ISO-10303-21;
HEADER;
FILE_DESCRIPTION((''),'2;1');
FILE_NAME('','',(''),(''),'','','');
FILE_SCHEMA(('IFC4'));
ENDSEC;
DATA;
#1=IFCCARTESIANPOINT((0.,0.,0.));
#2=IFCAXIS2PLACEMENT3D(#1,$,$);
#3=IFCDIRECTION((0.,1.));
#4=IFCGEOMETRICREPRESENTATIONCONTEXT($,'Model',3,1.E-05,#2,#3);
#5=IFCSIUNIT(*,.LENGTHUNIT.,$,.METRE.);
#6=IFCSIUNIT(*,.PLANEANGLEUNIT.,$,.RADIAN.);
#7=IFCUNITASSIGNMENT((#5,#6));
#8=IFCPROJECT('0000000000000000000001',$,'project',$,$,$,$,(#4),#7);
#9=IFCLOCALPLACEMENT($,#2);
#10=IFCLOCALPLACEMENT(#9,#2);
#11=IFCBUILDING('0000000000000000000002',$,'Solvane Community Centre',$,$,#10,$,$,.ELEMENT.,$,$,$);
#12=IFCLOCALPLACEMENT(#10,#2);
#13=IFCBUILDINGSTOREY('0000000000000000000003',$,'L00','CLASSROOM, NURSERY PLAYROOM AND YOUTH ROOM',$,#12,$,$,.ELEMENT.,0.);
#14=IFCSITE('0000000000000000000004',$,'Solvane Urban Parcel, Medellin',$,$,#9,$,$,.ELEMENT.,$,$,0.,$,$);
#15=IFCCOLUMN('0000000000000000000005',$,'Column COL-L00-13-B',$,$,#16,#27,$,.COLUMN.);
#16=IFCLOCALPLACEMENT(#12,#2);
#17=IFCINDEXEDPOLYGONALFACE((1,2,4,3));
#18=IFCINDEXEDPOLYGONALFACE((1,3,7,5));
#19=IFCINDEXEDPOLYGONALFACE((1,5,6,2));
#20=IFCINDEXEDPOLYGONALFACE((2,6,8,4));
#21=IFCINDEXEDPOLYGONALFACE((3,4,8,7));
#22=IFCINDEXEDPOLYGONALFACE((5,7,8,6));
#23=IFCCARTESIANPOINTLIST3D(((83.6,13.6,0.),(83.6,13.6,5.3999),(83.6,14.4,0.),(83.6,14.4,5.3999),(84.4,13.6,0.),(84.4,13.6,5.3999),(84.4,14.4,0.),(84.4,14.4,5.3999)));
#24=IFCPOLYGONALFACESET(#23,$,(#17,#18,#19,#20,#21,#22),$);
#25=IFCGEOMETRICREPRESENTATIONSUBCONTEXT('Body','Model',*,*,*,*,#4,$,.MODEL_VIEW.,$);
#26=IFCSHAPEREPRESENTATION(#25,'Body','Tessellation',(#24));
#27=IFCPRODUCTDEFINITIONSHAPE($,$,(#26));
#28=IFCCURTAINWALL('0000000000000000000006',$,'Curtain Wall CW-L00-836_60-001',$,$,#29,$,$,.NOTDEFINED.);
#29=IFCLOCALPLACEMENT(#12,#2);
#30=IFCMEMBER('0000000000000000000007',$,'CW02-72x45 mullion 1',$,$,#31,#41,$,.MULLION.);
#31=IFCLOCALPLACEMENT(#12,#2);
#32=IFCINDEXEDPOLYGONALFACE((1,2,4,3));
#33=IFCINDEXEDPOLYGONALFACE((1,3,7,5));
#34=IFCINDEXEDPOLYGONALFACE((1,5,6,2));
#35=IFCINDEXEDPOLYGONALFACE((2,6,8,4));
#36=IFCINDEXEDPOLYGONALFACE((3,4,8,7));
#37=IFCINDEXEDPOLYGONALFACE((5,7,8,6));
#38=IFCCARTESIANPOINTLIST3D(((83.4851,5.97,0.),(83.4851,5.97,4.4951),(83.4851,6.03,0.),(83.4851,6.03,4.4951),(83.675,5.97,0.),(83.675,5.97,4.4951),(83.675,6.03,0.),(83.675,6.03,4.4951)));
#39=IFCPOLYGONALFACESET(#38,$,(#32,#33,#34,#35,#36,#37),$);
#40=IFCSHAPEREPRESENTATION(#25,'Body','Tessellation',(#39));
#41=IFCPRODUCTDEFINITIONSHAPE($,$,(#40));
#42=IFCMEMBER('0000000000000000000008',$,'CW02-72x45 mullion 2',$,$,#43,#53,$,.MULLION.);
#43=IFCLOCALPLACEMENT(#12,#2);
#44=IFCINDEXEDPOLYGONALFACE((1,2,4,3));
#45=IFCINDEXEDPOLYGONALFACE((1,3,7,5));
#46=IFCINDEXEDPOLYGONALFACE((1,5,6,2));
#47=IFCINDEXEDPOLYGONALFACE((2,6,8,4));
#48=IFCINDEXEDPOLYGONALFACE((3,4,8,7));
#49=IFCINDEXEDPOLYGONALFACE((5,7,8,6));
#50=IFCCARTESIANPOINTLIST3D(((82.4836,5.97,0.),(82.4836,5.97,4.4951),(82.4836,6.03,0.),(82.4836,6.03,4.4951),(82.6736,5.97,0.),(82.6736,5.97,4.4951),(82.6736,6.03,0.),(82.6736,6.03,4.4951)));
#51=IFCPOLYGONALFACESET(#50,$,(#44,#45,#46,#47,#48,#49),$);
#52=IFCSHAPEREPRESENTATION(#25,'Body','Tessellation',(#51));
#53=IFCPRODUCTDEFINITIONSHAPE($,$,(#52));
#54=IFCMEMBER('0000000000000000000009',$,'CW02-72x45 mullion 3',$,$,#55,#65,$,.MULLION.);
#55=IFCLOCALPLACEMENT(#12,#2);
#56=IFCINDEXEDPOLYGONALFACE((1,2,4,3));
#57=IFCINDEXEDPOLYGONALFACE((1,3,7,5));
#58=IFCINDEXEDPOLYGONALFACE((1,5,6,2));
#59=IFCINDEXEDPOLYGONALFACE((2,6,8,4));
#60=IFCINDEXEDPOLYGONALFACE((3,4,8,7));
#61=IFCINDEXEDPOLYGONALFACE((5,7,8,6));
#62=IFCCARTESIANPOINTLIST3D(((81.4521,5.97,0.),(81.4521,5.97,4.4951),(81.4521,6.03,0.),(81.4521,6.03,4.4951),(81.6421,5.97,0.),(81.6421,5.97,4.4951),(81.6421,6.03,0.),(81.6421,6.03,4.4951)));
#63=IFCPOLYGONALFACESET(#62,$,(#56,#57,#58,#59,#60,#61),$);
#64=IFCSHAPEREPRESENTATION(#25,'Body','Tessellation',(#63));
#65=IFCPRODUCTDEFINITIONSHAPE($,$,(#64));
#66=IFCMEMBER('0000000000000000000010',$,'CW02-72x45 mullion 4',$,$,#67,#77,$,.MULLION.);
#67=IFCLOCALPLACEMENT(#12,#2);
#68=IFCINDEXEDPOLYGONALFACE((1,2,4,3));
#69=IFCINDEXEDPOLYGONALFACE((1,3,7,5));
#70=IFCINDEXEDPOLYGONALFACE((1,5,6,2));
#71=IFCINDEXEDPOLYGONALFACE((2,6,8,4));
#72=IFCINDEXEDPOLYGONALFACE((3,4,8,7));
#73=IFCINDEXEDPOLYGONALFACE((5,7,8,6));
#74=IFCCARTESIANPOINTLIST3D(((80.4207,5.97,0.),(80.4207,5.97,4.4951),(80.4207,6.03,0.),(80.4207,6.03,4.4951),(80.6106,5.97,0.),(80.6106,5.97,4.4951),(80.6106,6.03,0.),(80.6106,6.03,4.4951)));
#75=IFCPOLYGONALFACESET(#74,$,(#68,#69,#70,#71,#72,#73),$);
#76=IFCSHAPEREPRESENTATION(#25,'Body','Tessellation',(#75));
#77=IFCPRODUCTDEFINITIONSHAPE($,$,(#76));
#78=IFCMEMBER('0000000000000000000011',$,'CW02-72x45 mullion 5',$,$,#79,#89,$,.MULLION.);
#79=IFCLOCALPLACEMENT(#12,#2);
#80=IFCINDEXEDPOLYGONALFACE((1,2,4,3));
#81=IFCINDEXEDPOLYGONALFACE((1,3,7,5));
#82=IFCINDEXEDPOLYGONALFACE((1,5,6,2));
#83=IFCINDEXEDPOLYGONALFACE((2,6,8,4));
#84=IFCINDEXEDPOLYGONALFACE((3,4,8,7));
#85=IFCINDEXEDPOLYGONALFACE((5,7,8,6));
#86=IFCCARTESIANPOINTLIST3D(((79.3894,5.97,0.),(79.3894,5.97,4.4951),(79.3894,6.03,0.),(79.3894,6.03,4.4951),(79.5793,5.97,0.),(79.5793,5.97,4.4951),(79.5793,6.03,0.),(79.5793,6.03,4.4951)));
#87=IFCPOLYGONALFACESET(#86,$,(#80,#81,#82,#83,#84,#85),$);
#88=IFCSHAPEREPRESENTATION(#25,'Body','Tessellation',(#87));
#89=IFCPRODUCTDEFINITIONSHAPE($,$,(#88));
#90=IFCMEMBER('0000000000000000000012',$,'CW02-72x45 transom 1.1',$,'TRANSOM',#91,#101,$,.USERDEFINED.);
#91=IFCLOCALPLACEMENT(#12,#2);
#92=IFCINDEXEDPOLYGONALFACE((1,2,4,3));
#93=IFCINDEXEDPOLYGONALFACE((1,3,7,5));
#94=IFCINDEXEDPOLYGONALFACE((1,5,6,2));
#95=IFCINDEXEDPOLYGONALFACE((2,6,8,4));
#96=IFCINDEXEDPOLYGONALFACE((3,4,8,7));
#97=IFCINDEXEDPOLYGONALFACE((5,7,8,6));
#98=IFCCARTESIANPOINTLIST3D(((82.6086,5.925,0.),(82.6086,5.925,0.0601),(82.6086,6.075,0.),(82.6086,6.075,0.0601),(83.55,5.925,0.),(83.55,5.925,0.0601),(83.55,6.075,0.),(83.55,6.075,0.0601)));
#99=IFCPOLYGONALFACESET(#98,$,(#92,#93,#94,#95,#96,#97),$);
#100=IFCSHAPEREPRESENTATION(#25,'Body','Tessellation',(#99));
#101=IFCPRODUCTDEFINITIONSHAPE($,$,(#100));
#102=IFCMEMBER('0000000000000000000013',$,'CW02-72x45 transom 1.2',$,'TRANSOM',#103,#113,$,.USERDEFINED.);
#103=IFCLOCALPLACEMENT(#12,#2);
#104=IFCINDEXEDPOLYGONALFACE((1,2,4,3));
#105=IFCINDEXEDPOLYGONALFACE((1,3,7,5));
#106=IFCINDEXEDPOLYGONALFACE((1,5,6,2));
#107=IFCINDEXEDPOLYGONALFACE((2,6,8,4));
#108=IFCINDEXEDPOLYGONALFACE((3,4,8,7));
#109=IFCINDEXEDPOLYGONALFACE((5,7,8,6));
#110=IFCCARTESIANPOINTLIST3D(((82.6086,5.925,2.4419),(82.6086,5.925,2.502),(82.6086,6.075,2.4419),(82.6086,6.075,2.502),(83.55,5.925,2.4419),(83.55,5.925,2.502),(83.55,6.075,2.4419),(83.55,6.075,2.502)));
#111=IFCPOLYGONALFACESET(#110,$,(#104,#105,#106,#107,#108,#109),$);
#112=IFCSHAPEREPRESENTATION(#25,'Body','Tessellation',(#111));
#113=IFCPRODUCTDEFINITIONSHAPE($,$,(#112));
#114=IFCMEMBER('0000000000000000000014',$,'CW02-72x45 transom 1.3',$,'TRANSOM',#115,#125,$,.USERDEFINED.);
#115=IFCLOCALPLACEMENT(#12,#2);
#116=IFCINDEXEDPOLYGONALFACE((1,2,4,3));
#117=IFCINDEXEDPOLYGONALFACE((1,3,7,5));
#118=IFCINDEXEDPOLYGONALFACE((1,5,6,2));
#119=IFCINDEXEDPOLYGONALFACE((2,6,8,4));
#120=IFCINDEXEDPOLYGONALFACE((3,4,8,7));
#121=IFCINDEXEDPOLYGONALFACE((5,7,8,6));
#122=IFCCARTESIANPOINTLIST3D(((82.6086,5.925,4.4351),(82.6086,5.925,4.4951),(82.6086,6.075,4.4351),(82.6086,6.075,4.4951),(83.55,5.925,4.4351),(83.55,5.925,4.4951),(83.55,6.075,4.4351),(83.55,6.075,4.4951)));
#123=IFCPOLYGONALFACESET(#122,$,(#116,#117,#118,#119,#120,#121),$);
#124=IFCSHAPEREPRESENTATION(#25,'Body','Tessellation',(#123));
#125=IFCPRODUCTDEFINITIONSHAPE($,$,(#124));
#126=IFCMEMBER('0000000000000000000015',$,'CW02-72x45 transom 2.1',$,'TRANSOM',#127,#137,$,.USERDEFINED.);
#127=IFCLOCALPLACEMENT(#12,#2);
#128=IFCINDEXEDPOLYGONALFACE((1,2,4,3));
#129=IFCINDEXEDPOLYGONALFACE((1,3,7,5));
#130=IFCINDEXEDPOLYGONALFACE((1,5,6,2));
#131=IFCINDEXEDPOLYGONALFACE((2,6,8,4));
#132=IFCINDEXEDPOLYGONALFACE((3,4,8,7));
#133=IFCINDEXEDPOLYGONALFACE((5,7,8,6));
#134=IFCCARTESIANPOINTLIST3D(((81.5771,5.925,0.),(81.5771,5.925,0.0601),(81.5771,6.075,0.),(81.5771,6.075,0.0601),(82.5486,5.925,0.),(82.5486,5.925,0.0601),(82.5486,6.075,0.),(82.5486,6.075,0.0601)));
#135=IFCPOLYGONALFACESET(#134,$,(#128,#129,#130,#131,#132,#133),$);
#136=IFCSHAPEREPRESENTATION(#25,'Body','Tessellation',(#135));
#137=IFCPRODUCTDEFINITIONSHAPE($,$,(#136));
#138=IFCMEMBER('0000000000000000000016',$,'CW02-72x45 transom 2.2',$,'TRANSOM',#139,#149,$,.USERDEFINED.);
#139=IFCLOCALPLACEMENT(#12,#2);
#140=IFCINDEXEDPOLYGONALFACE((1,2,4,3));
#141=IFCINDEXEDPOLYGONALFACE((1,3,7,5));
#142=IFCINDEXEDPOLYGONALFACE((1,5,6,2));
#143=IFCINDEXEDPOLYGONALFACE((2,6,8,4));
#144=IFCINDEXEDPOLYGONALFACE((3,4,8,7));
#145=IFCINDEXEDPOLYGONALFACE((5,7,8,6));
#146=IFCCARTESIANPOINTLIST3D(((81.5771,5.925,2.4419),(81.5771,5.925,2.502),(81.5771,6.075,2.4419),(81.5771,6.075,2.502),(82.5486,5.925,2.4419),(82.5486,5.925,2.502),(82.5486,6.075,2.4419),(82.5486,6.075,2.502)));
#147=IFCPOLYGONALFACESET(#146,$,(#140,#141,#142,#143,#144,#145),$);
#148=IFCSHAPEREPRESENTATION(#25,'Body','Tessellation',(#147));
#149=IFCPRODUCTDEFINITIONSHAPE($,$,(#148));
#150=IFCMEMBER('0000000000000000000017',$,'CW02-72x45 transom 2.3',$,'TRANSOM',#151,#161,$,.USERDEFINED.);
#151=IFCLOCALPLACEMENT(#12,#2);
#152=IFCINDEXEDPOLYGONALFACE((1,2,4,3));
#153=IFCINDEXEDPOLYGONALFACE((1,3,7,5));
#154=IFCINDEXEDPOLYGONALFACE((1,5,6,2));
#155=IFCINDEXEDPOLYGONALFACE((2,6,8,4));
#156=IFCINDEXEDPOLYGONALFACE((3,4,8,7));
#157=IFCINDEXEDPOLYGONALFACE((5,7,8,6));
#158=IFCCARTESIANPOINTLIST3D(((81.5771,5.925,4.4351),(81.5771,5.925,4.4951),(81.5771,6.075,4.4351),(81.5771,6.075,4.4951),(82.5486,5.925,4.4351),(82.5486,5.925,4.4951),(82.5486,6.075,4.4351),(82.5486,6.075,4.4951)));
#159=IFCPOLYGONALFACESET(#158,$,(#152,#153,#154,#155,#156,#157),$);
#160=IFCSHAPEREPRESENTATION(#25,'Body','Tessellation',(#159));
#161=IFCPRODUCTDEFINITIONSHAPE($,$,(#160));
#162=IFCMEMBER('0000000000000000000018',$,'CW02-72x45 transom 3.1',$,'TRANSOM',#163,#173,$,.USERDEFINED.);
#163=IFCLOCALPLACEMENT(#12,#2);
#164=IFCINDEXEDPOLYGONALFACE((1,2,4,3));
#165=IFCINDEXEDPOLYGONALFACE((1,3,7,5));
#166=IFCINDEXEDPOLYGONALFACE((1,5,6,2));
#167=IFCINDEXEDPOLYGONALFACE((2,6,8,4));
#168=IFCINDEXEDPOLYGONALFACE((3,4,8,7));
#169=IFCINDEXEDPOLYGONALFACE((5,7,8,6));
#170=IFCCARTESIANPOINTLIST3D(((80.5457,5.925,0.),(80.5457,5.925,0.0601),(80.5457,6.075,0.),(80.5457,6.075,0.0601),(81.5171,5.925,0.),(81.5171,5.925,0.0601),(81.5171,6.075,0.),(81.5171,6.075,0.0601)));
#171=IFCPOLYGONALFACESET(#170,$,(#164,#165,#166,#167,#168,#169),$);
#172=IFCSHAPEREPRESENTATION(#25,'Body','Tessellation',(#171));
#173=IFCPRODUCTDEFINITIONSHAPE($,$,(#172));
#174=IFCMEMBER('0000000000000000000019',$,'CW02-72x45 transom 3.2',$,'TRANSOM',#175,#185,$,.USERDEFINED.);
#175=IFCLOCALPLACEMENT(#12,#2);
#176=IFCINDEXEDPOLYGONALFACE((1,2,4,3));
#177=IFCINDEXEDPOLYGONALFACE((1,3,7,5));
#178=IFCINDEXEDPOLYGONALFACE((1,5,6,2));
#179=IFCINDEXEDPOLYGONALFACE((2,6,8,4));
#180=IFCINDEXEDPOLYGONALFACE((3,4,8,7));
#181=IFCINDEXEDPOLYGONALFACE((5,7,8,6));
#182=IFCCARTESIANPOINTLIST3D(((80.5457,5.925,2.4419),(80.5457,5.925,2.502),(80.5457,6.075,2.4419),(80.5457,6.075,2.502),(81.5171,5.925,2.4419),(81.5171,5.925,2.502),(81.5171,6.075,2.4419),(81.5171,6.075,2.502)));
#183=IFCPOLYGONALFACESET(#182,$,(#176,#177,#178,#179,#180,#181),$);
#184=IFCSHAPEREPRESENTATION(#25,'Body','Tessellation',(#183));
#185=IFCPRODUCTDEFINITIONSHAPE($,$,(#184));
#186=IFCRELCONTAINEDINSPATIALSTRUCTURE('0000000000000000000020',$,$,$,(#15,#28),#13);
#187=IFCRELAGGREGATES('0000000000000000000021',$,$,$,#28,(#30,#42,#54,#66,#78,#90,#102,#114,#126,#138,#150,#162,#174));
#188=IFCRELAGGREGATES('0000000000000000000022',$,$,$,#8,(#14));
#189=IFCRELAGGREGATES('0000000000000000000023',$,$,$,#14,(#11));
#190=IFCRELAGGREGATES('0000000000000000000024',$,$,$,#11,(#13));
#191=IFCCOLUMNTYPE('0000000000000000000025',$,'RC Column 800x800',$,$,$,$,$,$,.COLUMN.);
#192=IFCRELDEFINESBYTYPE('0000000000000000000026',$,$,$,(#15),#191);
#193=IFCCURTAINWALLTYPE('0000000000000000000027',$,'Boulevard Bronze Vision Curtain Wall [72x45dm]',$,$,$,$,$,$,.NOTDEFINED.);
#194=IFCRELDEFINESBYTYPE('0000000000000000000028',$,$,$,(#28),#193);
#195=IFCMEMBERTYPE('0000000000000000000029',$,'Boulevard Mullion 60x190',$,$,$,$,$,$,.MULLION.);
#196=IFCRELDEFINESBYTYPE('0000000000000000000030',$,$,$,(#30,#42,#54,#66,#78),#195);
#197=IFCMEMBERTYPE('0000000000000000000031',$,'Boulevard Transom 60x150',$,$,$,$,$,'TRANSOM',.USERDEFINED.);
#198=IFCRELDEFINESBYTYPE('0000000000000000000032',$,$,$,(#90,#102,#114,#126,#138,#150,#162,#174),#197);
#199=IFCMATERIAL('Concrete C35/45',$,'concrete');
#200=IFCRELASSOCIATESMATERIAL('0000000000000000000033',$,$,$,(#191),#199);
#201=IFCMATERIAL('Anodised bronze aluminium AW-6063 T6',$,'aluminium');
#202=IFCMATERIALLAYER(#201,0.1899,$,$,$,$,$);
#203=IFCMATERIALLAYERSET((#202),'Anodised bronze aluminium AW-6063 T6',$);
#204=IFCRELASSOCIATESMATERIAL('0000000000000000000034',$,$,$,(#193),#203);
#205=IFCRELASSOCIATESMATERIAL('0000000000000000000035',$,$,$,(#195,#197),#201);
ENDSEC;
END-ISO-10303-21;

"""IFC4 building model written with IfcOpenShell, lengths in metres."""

from ifc_helpers import new_model, si_unit, direction, frame, origin, origin_2d, place, context, subcontext, project, spatial, rectangle, extrude, material, layer, layer_set, material_profile, profile_set, type_object, element, aggregate, save


model = new_model("IFC4")

# Units and contexts
model_context = context("Model", 3, precision=1e-05, world=origin(), true_north=direction((0.0, 1.0)))
body_context = subcontext(model_context, "Body", "Model", "MODEL_VIEW")
ifc_project = project(units=[si_unit("LENGTHUNIT", "METRE"), si_unit("PLANEANGLEUNIT", "RADIAN")], contexts=[model_context])

# Site, building, storey
site_placement = place(None, origin())
site = spatial("IfcSite", under=ifc_project, at=site_placement, Name="Solvane Urban Parcel, Medellin", CompositionType="ELEMENT", RefElevation=0.0)
building_placement = place(site_placement, origin())
building = spatial("IfcBuilding", under=site, at=building_placement, Name="Solvane Community Centre", CompositionType="ELEMENT")
storey_placement = place(building_placement, origin())
storey = spatial("IfcBuildingStorey", under=building, at=storey_placement, Name="L00", Description="CLASSROOM, NURSERY PLAYROOM AND YOUTH ROOM", CompositionType="ELEMENT", Elevation=0.0)

# Column
ifc_material_1 = material(Name="Concrete C35/45", Category="concrete")
ifc_material_profile_1 = material_profile(ifc_material_1, rectangle(XDim=0.8, YDim=0.8, at=origin_2d()), Name="RC 800x800")
ifc_profile_set_1 = profile_set([ifc_material_profile_1], Name="Concrete C35/45")
column_type_1 = type_object("IfcColumnType", Name="RC Column 800x800", PredefinedType="COLUMN", material=ifc_profile_set_1)
column_1_placement = place(storey_placement, frame((84.0, 14.0, 0.0), z_axis=(0.0, 0.0, 1.0), x_axis=(1.0, 0.0, 0.0)))
element("IfcColumn", 1, at=column_1_placement, inside=storey, type_object=column_type_1, Name="Column COL-L00-13-B", PredefinedType="COLUMN", context=body_context, shape_type="SweptSolid", body=[
    extrude(rectangle(XDim=0.8, YDim=0.8, at=origin_2d()), origin(), (0.0, 0.0, 1.0), 5.3999),
])

# Curtain wall, members
ifc_material_2 = material(Name="Anodised bronze aluminium AW-6063 T6", Category="aluminium")
ifc_layer_1 = layer(ifc_material_2, 0.1899)
ifc_layer_set_1 = layer_set([ifc_layer_1], Name="Anodised bronze aluminium AW-6063 T6")
curtain_wall_type = type_object("IfcCurtainWallType", Name="Boulevard Bronze Vision Curtain Wall [72x45dm]", PredefinedType="NOTDEFINED", material=ifc_layer_set_1)
curtain_wall_placement = place(storey_placement, origin())
curtain_wall = element("IfcCurtainWall", 2, at=curtain_wall_placement, inside=storey, type_object=curtain_wall_type, Name="Curtain Wall CW-L00-836_60-001", PredefinedType="NOTDEFINED")
ifc_material_profile_2 = material_profile(ifc_material_2, rectangle(XDim=0.0601, YDim=0.1899, at=origin_2d()), Name="CW-M 60x190")
ifc_profile_set_2 = profile_set([ifc_material_profile_2], Name="Anodised bronze aluminium AW-6063 T6")
member_type_1 = type_object("IfcMemberType", Name="Boulevard Mullion 60x190", PredefinedType="MULLION", material=ifc_profile_set_2)
member_1_placement = place(storey_placement, frame((83.5801, 6.0, 0.0), z_axis=(0.0, 0.0, 1.0), x_axis=(0.0, -1.0, 0.0)))
member_1 = element("IfcMember", 3, at=member_1_placement, type_object=member_type_1, Name="CW02-72x45 mullion 1", PredefinedType="MULLION", context=body_context, shape_type="SweptSolid", body=[
    extrude(rectangle(XDim=0.0601, YDim=0.1899, at=origin_2d()), origin(), (0.0, 0.0, 1.0), 4.4951),
])
member_2_placement = place(storey_placement, frame((82.5786, 6.0, 0.0), z_axis=(0.0, 0.0, 1.0), x_axis=(0.0, -1.0, 0.0)))
member_2 = element("IfcMember", 4, at=member_2_placement, type_object=member_type_1, Name="CW02-72x45 mullion 2", PredefinedType="MULLION", context=body_context, shape_type="SweptSolid", body=[
    extrude(rectangle(XDim=0.0601, YDim=0.1899, at=origin_2d()), origin(), (0.0, 0.0, 1.0), 4.4951),
])
member_3_placement = place(storey_placement, frame((81.5471, 6.0, 0.0), z_axis=(0.0, 0.0, 1.0), x_axis=(0.0, -1.0, 0.0)))
member_3 = element("IfcMember", 5, at=member_3_placement, type_object=member_type_1, Name="CW02-72x45 mullion 3", PredefinedType="MULLION", context=body_context, shape_type="SweptSolid", body=[
    extrude(rectangle(XDim=0.0601, YDim=0.1899, at=origin_2d()), origin(), (0.0, 0.0, 1.0), 4.4951),
])
member_4_placement = place(storey_placement, frame((80.5156, 6.0, 0.0), z_axis=(0.0, 0.0, 1.0), x_axis=(0.0, -1.0, 0.0)))
member_4 = element("IfcMember", 6, at=member_4_placement, type_object=member_type_1, Name="CW02-72x45 mullion 4", PredefinedType="MULLION", context=body_context, shape_type="SweptSolid", body=[
    extrude(rectangle(XDim=0.0601, YDim=0.1899, at=origin_2d()), origin(), (0.0, 0.0, 1.0), 4.4951),
])
member_5_placement = place(storey_placement, frame((79.4844, 6.0, 0.0), z_axis=(0.0, 0.0, 1.0), x_axis=(0.0, -1.0, 0.0)))
member_5 = element("IfcMember", 7, at=member_5_placement, type_object=member_type_1, Name="CW02-72x45 mullion 5", PredefinedType="MULLION", context=body_context, shape_type="SweptSolid", body=[
    extrude(rectangle(XDim=0.0601, YDim=0.1899, at=origin_2d()), origin(), (0.0, 0.0, 1.0), 4.4951),
])
ifc_material_profile_3 = material_profile(ifc_material_2, rectangle(XDim=0.1499, YDim=0.0601, at=origin_2d()), Name="CW-T 60x150")
ifc_profile_set_3 = profile_set([ifc_material_profile_3], Name="Anodised bronze aluminium AW-6063 T6")
member_type_2 = type_object("IfcMemberType", Name="Boulevard Transom 60x150", ElementType="TRANSOM", PredefinedType="USERDEFINED", material=ifc_profile_set_3)
member_6_placement = place(storey_placement, frame((83.55, 6.0, 0.03), z_axis=(-1.0, 0.0, 0.0), x_axis=(0.0, -1.0, 0.0)))
member_6 = element("IfcMember", 8, at=member_6_placement, type_object=member_type_2, Name="CW02-72x45 transom 1.1", ObjectType="TRANSOM", PredefinedType="USERDEFINED", context=body_context, shape_type="SweptSolid", body=[
    extrude(rectangle(XDim=0.1499, YDim=0.0601, at=origin_2d()), origin(), (0.0, 0.0, 1.0), 0.9414),
])
member_7_placement = place(storey_placement, frame((83.55, 6.0, 2.4719), z_axis=(-1.0, 0.0, 0.0), x_axis=(0.0, -1.0, 0.0)))
member_7 = element("IfcMember", 9, at=member_7_placement, type_object=member_type_2, Name="CW02-72x45 transom 1.2", ObjectType="TRANSOM", PredefinedType="USERDEFINED", context=body_context, shape_type="SweptSolid", body=[
    extrude(rectangle(XDim=0.1499, YDim=0.0601, at=origin_2d()), origin(), (0.0, 0.0, 1.0), 0.9414),
])
member_8_placement = place(storey_placement, frame((83.55, 6.0, 4.4651), z_axis=(-1.0, 0.0, 0.0), x_axis=(0.0, -1.0, 0.0)))
member_8 = element("IfcMember", 10, at=member_8_placement, type_object=member_type_2, Name="CW02-72x45 transom 1.3", ObjectType="TRANSOM", PredefinedType="USERDEFINED", context=body_context, shape_type="SweptSolid", body=[
    extrude(rectangle(XDim=0.1499, YDim=0.0601, at=origin_2d()), origin(), (0.0, 0.0, 1.0), 0.9414),
])
member_9_placement = place(storey_placement, frame((82.5486, 6.0, 0.03), z_axis=(-1.0, 0.0, 0.0), x_axis=(0.0, -1.0, 0.0)))
member_9 = element("IfcMember", 11, at=member_9_placement, type_object=member_type_2, Name="CW02-72x45 transom 2.1", ObjectType="TRANSOM", PredefinedType="USERDEFINED", context=body_context, shape_type="SweptSolid", body=[
    extrude(rectangle(XDim=0.1499, YDim=0.0601, at=origin_2d()), origin(), (0.0, 0.0, 1.0), 0.9714),
])
member_10_placement = place(storey_placement, frame((82.5486, 6.0, 2.4719), z_axis=(-1.0, 0.0, 0.0), x_axis=(0.0, -1.0, 0.0)))
member_10 = element("IfcMember", 12, at=member_10_placement, type_object=member_type_2, Name="CW02-72x45 transom 2.2", ObjectType="TRANSOM", PredefinedType="USERDEFINED", context=body_context, shape_type="SweptSolid", body=[
    extrude(rectangle(XDim=0.1499, YDim=0.0601, at=origin_2d()), origin(), (0.0, 0.0, 1.0), 0.9714),
])
member_11_placement = place(storey_placement, frame((82.5486, 6.0, 4.4651), z_axis=(-1.0, 0.0, 0.0), x_axis=(0.0, -1.0, 0.0)))
member_11 = element("IfcMember", 13, at=member_11_placement, type_object=member_type_2, Name="CW02-72x45 transom 2.3", ObjectType="TRANSOM", PredefinedType="USERDEFINED", context=body_context, shape_type="SweptSolid", body=[
    extrude(rectangle(XDim=0.1499, YDim=0.0601, at=origin_2d()), origin(), (0.0, 0.0, 1.0), 0.9714),
])
member_12_placement = place(storey_placement, frame((81.5171, 6.0, 0.03), z_axis=(-1.0, 0.0, 0.0), x_axis=(0.0, -1.0, 0.0)))
member_12 = element("IfcMember", 14, at=member_12_placement, type_object=member_type_2, Name="CW02-72x45 transom 3.1", ObjectType="TRANSOM", PredefinedType="USERDEFINED", context=body_context, shape_type="SweptSolid", body=[
    extrude(rectangle(XDim=0.1499, YDim=0.0601, at=origin_2d()), origin(), (0.0, 0.0, 1.0), 0.9714),
])
member_13_placement = place(storey_placement, frame((81.5171, 6.0, 2.4719), z_axis=(-1.0, 0.0, 0.0), x_axis=(0.0, -1.0, 0.0)))
member_13 = element("IfcMember", 15, at=member_13_placement, type_object=member_type_2, Name="CW02-72x45 transom 3.2", ObjectType="TRANSOM", PredefinedType="USERDEFINED", context=body_context, shape_type="SweptSolid", body=[
    extrude(rectangle(XDim=0.1499, YDim=0.0601, at=origin_2d()), origin(), (0.0, 0.0, 1.0), 0.9714),
])
aggregate(curtain_wall, [member_1, member_2, member_3, member_4, member_5, member_6, member_7, member_8, member_9, member_10, member_11, member_12, member_13])

save(model, "model.ifc")
